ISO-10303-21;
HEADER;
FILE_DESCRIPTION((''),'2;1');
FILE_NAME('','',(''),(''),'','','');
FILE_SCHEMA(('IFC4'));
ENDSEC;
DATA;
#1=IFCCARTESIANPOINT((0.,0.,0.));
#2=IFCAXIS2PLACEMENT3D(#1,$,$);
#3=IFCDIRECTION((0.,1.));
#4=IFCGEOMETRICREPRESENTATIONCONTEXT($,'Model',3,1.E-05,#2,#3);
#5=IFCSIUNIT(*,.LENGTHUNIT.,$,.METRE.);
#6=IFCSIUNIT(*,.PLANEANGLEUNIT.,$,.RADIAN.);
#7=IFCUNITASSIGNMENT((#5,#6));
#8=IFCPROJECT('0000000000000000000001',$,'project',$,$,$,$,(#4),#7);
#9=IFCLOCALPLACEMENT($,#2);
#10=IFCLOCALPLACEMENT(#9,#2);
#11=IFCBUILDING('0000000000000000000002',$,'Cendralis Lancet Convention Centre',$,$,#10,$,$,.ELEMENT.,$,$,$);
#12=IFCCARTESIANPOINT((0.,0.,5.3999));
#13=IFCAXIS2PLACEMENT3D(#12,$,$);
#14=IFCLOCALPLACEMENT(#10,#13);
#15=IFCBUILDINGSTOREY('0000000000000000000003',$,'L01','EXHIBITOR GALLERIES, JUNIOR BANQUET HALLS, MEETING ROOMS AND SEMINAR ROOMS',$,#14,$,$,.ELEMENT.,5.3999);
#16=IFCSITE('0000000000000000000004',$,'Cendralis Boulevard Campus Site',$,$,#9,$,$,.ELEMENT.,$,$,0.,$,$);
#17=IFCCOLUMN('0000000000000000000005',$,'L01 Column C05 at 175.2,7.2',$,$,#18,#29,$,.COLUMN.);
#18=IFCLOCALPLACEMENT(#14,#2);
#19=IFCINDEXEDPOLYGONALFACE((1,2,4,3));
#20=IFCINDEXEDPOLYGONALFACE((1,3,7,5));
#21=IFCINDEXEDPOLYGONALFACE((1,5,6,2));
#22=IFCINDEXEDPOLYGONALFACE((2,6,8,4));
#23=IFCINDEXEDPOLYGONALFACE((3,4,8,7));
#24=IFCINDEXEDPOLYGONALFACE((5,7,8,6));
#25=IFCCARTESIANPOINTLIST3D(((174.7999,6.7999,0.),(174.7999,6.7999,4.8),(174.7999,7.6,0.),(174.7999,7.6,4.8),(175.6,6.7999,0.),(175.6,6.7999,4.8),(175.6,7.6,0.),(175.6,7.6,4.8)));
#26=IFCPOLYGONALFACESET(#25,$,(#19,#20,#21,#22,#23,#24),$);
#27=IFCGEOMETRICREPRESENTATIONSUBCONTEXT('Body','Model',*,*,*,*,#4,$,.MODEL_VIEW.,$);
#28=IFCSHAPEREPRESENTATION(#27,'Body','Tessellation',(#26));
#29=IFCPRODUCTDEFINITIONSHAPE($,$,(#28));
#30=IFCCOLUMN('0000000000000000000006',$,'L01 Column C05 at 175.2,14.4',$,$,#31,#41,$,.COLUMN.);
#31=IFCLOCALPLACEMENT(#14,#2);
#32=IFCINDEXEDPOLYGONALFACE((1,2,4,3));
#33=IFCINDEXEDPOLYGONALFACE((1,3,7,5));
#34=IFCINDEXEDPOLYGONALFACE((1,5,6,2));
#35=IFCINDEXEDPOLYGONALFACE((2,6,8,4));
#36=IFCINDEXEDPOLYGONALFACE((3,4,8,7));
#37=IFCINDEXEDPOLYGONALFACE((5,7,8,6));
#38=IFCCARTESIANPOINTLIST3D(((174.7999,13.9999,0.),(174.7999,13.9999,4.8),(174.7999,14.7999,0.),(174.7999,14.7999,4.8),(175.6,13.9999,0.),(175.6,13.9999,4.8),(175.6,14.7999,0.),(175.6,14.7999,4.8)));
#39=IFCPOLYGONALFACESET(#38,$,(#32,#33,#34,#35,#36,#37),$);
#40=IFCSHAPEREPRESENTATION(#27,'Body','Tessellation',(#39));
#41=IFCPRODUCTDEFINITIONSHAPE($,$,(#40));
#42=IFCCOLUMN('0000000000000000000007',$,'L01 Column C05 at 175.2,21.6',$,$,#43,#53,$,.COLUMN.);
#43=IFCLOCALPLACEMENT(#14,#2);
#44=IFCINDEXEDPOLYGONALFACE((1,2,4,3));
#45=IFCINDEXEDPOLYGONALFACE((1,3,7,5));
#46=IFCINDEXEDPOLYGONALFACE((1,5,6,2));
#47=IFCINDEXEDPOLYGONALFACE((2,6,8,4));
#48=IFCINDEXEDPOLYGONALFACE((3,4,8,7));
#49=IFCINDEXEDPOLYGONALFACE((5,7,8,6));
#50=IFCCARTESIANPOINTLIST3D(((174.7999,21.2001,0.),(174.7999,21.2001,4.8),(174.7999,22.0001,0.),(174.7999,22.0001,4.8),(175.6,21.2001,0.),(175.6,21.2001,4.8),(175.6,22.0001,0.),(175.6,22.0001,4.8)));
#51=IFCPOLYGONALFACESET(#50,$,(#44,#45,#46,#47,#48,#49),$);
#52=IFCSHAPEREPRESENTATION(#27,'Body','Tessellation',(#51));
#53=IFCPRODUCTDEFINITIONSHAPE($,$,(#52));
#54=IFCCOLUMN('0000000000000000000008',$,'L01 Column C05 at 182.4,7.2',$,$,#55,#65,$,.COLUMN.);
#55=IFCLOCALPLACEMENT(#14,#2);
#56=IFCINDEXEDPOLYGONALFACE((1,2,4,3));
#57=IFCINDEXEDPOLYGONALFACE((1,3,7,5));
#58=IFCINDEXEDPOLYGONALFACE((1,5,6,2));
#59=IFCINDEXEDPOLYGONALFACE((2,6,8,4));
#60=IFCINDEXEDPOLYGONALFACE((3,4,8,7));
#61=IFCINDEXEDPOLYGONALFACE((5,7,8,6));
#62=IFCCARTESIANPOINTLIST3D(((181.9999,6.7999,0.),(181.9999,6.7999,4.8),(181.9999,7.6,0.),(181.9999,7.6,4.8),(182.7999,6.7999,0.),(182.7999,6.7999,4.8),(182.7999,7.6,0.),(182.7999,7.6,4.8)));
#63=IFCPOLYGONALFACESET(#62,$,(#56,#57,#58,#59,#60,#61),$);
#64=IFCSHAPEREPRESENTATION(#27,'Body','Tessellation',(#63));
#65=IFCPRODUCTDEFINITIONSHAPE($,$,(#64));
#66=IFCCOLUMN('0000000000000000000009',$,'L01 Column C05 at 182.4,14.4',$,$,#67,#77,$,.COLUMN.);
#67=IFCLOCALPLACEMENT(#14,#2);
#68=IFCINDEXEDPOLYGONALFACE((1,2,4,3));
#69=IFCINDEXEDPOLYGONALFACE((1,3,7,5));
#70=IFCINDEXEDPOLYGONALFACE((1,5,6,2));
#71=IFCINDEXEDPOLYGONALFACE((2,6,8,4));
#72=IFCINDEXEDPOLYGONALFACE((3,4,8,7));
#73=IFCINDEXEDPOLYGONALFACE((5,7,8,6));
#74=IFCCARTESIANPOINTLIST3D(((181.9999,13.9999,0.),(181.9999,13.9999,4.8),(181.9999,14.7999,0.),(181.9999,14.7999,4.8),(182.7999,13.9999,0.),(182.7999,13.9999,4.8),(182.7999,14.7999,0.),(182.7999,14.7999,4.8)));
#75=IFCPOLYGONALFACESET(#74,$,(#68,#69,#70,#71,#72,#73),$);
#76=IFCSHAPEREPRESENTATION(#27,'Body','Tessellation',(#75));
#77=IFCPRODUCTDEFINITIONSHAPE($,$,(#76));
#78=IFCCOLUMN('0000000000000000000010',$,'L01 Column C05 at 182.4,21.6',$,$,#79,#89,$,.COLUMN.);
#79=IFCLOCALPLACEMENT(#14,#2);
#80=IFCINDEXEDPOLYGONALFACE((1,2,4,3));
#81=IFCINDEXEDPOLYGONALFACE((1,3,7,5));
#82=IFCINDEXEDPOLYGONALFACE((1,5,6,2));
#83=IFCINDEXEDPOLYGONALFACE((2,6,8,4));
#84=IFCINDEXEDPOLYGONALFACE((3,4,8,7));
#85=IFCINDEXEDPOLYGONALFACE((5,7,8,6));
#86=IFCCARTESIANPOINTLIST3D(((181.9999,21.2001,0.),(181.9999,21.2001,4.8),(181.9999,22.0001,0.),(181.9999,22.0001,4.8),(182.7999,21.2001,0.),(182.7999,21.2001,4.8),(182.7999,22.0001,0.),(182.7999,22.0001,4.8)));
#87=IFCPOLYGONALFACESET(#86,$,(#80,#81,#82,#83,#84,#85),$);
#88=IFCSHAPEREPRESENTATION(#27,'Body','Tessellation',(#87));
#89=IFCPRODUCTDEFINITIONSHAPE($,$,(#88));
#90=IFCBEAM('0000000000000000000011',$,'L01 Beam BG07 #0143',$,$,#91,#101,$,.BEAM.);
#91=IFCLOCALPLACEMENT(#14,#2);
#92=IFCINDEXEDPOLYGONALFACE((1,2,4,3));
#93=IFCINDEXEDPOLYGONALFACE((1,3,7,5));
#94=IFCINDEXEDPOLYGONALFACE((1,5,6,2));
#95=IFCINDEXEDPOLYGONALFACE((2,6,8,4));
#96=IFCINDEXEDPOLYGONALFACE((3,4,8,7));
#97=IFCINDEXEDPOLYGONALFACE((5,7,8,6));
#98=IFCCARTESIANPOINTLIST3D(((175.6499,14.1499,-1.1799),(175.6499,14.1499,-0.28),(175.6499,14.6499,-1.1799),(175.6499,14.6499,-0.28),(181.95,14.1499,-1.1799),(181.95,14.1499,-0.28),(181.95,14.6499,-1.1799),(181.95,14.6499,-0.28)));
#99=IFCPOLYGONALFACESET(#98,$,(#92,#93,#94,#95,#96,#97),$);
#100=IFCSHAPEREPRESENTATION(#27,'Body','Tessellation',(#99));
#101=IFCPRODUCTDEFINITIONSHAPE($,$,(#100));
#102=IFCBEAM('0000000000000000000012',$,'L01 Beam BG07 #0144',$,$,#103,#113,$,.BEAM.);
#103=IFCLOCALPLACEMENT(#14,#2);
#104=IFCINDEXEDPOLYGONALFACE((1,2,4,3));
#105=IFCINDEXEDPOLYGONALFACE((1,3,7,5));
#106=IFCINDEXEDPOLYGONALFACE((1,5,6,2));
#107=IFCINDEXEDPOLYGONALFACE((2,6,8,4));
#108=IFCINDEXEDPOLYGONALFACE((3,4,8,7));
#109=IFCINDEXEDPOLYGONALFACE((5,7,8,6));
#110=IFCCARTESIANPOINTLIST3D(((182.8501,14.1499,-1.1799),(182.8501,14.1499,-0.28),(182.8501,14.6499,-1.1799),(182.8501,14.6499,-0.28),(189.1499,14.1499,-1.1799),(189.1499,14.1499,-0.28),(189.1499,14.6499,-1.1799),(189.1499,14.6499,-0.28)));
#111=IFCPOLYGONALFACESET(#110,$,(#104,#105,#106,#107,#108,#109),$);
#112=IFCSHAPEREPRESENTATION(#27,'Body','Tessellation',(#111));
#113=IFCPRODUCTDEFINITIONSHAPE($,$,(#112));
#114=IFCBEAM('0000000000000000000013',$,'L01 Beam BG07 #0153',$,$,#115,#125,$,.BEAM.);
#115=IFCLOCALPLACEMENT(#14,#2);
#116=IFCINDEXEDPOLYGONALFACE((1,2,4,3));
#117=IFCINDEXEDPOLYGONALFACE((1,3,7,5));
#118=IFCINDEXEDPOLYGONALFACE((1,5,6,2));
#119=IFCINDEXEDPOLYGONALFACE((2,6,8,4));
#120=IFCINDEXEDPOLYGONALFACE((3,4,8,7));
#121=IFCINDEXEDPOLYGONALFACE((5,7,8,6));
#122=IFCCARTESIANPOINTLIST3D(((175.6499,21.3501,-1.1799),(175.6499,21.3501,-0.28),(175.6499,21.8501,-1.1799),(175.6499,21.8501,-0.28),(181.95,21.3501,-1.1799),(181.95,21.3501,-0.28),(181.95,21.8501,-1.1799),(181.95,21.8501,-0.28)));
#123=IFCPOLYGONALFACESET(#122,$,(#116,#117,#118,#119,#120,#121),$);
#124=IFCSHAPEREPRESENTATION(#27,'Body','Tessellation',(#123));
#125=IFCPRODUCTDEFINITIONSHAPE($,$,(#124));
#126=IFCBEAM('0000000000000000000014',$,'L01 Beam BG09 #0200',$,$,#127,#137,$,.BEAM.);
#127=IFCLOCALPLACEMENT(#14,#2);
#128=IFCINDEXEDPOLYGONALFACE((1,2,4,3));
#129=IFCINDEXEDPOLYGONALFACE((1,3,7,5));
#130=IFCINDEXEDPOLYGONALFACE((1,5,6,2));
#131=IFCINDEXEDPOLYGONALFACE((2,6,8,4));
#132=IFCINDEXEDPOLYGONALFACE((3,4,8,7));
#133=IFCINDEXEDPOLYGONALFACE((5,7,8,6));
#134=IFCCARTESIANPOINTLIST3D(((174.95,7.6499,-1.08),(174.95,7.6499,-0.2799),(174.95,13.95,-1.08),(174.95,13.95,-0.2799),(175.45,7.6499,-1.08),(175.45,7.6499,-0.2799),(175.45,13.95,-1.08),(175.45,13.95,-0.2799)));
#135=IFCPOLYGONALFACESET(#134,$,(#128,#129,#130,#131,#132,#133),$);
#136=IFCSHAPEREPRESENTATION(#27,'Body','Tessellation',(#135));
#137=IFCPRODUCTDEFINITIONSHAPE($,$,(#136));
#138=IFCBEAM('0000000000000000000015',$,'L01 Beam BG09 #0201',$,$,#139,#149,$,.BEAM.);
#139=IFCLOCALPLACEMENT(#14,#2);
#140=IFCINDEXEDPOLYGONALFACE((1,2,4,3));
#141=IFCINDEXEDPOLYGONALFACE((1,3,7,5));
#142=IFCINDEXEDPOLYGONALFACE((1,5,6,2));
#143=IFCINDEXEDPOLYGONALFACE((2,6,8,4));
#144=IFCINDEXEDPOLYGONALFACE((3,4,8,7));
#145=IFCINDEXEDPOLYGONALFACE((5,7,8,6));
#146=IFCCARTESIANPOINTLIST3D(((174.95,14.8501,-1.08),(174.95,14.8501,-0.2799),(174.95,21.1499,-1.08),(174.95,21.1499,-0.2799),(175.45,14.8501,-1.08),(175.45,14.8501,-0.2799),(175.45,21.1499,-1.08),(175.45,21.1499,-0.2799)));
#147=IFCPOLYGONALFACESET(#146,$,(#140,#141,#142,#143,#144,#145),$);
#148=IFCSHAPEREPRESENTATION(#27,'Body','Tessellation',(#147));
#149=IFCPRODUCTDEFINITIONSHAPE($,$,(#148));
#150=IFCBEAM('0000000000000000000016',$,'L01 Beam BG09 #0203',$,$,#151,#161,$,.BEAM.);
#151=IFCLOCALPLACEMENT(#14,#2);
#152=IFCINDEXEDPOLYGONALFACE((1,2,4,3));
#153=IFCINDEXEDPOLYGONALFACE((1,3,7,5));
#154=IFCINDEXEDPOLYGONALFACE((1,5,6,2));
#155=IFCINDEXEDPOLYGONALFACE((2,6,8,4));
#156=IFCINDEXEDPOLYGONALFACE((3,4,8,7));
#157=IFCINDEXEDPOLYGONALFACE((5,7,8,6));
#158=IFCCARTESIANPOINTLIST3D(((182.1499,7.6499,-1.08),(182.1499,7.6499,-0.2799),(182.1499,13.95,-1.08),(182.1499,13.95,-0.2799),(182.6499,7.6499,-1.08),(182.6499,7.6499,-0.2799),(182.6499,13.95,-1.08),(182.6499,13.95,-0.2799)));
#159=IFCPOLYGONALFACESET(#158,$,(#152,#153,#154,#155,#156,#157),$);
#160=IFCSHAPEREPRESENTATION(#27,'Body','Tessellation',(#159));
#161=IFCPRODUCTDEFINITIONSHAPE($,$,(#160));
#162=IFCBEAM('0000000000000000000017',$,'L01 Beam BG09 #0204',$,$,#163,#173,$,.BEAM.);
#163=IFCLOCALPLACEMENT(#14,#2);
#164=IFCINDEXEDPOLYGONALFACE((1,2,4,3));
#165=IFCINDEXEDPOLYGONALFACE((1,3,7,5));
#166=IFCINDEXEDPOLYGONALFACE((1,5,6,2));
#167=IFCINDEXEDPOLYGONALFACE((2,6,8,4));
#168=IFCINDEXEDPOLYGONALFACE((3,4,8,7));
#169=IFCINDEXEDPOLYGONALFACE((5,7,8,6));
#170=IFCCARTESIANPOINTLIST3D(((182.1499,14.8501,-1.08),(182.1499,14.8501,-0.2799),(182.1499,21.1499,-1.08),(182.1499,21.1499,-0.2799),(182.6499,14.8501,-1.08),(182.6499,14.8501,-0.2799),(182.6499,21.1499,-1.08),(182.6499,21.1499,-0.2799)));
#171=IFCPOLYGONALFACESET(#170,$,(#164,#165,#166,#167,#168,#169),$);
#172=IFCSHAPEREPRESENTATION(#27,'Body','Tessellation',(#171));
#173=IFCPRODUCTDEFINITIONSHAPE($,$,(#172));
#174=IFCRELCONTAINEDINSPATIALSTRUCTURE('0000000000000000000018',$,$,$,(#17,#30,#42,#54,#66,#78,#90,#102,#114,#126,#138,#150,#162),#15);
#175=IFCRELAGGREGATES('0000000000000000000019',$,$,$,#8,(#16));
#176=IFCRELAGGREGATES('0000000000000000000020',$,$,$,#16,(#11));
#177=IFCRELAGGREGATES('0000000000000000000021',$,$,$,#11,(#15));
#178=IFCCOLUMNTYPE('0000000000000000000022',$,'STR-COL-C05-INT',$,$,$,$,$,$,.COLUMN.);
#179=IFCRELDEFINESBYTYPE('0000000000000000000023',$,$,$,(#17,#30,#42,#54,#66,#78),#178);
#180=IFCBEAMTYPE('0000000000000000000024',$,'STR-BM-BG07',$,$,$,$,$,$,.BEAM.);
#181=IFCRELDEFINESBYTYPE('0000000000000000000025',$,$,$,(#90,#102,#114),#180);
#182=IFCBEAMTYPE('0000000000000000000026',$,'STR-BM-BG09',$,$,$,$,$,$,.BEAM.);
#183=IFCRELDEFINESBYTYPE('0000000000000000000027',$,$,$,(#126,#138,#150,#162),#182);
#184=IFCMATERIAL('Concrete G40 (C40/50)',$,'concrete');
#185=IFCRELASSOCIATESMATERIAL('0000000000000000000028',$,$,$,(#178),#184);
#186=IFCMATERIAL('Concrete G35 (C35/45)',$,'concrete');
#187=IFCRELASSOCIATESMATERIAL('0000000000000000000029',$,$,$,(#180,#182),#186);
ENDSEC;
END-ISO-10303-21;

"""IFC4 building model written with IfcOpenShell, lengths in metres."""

from ifc_helpers import new_model, si_unit, direction, frame, origin, origin_2d, place, context, subcontext, project, spatial, rectangle, extrude, material, material_profile, profile_set, type_object, element, save


model = new_model("IFC4")

# Units and contexts
model_context = context("Model", 3, precision=1e-05, world=origin(), true_north=direction((0.0, 1.0)))
body_context = subcontext(model_context, "Body", "Model", "MODEL_VIEW")
ifc_project = project(units=[si_unit("LENGTHUNIT", "METRE"), si_unit("PLANEANGLEUNIT", "RADIAN")], contexts=[model_context])

# Site, building, storey
site_placement = place(None, origin())
site = spatial("IfcSite", under=ifc_project, at=site_placement, Name="Cendralis Boulevard Campus Site", CompositionType="ELEMENT", RefElevation=0.0)
building_placement = place(site_placement, origin())
building = spatial("IfcBuilding", under=site, at=building_placement, Name="Cendralis Lancet Convention Centre", CompositionType="ELEMENT")
storey_placement = place(building_placement, frame((0.0, 0.0, 5.3999)))
storey = spatial("IfcBuildingStorey", under=building, at=storey_placement, Name="L01", Description="EXHIBITOR GALLERIES, JUNIOR BANQUET HALLS, MEETING ROOMS AND SEMINAR ROOMS", CompositionType="ELEMENT", Elevation=5.3999)

# Columns
ifc_material_1 = material(Name="Concrete G40 (C40/50)", Category="concrete")
ifc_material_profile_1 = material_profile(ifc_material_1, rectangle(XDim=0.8, YDim=0.8, at=origin_2d()), Name="RC 800x800")
ifc_profile_set_1 = profile_set([ifc_material_profile_1], Name="Concrete G40 (C40/50)")
column_type = type_object("IfcColumnType", Name="STR-COL-C05-INT", PredefinedType="COLUMN", material=ifc_profile_set_1)
for number, where, z_axis, x_axis, name in (
    (1, (175.2, 7.2, 0.0), (0.0, 0.0, 1.0), (1.0, 0.0, 0.0), "L01 Column C05 at 175.2,7.2"),
    (2, (175.2, 14.3999, 0.0), (0.0, 0.0, 1.0), (1.0, 0.0, 0.0), "L01 Column C05 at 175.2,14.4"),
    (3, (175.2, 21.6001, 0.0), (0.0, 0.0, 1.0), (1.0, 0.0, 0.0), "L01 Column C05 at 175.2,21.6"),
    (4, (182.3999, 7.2, 0.0), (0.0, 0.0, 1.0), (1.0, 0.0, 0.0), "L01 Column C05 at 182.4,7.2"),
    (5, (182.3999, 14.3999, 0.0), (0.0, 0.0, 1.0), (1.0, 0.0, 0.0), "L01 Column C05 at 182.4,14.4"),
    (6, (182.3999, 21.6001, 0.0), (0.0, 0.0, 1.0), (1.0, 0.0, 0.0), "L01 Column C05 at 182.4,21.6"),
):
    element("IfcColumn", number, at=place(storey_placement, frame(where, z_axis=z_axis, x_axis=x_axis)), inside=storey, type_object=column_type, Name=name, PredefinedType="COLUMN", context=body_context, shape_type="SweptSolid", body=[
        extrude(rectangle(XDim=0.8, YDim=0.8, at=origin_2d()), origin(), (0.0, 0.0, 1.0), 4.8),
    ])

# Beams
ifc_material_2 = material(Name="Concrete G35 (C35/45)", Category="concrete")
ifc_material_profile_2 = material_profile(ifc_material_2, rectangle(XDim=0.5, YDim=0.8999, at=origin_2d()), Name="RCB 500x900")
ifc_profile_set_2 = profile_set([ifc_material_profile_2], Name="Concrete G35 (C35/45)")
beam_type_1 = type_object("IfcBeamType", Name="STR-BM-BG07", PredefinedType="BEAM", material=ifc_profile_set_2)
beam_1_placement = place(storey_placement, frame((175.6499, 14.3999, -0.73), z_axis=(1.0, 0.0, 0.0), x_axis=(0.0, 1.0, 0.0)))
element("IfcBeam", 7, at=beam_1_placement, inside=storey, type_object=beam_type_1, Name="L01 Beam BG07 #0143", PredefinedType="BEAM", context=body_context, shape_type="SweptSolid", body=[
    extrude(rectangle(XDim=0.5, YDim=0.8999, at=origin_2d()), origin(), (0.0, 0.0, 1.0), 6.3),
])
beam_2_placement = place(storey_placement, frame((182.8501, 14.3999, -0.73), z_axis=(1.0, 0.0, 0.0), x_axis=(0.0, 1.0, 0.0)))
element("IfcBeam", 8, at=beam_2_placement, inside=storey, type_object=beam_type_1, Name="L01 Beam BG07 #0144", PredefinedType="BEAM", context=body_context, shape_type="SweptSolid", body=[
    extrude(rectangle(XDim=0.5, YDim=0.8999, at=origin_2d()), origin(), (0.0, 0.0, 1.0), 6.2998),
])
beam_3_placement = place(storey_placement, frame((175.6499, 21.6001, -0.73), z_axis=(1.0, 0.0, 0.0), x_axis=(0.0, 1.0, 0.0)))
element("IfcBeam", 9, at=beam_3_placement, inside=storey, type_object=beam_type_1, Name="L01 Beam BG07 #0153", PredefinedType="BEAM", context=body_context, shape_type="SweptSolid", body=[
    extrude(rectangle(XDim=0.5, YDim=0.8999, at=origin_2d()), origin(), (0.0, 0.0, 1.0), 6.3),
])
ifc_material_profile_3 = material_profile(ifc_material_2, rectangle(XDim=0.5, YDim=0.8, at=origin_2d()), Name="RCB 500x800")
ifc_profile_set_3 = profile_set([ifc_material_profile_3], Name="Concrete G35 (C35/45)")
beam_type_2 = type_object("IfcBeamType", Name="STR-BM-BG09", PredefinedType="BEAM", material=ifc_profile_set_3)
beam_4_placement = place(storey_placement, frame((175.2, 7.6499, -0.6799), z_axis=(0.0, 1.0, 0.0), x_axis=(-1.0, 0.0, 0.0)))
element("IfcBeam", 10, at=beam_4_placement, inside=storey, type_object=beam_type_2, Name="L01 Beam BG09 #0200", PredefinedType="BEAM", context=body_context, shape_type="SweptSolid", body=[
    extrude(rectangle(XDim=0.5, YDim=0.8, at=origin_2d()), origin(), (0.0, 0.0, 1.0), 6.3),
])
beam_5_placement = place(storey_placement, frame((175.2, 14.8501, -0.6799), z_axis=(0.0, 1.0, 0.0), x_axis=(-1.0, 0.0, 0.0)))
element("IfcBeam", 11, at=beam_5_placement, inside=storey, type_object=beam_type_2, Name="L01 Beam BG09 #0201", PredefinedType="BEAM", context=body_context, shape_type="SweptSolid", body=[
    extrude(rectangle(XDim=0.5, YDim=0.8, at=origin_2d()), origin(), (0.0, 0.0, 1.0), 6.2998),
])
beam_6_placement = place(storey_placement, frame((182.3999, 7.6499, -0.6799), z_axis=(0.0, 1.0, 0.0), x_axis=(-1.0, 0.0, 0.0)))
element("IfcBeam", 12, at=beam_6_placement, inside=storey, type_object=beam_type_2, Name="L01 Beam BG09 #0203", PredefinedType="BEAM", context=body_context, shape_type="SweptSolid", body=[
    extrude(rectangle(XDim=0.5, YDim=0.8, at=origin_2d()), origin(), (0.0, 0.0, 1.0), 6.3),
])
beam_7_placement = place(storey_placement, frame((182.3999, 14.8501, -0.6799), z_axis=(0.0, 1.0, 0.0), x_axis=(-1.0, 0.0, 0.0)))
element("IfcBeam", 13, at=beam_7_placement, inside=storey, type_object=beam_type_2, Name="L01 Beam BG09 #0204", PredefinedType="BEAM", context=body_context, shape_type="SweptSolid", body=[
    extrude(rectangle(XDim=0.5, YDim=0.8, at=origin_2d()), origin(), (0.0, 0.0, 1.0), 6.2998),
])

save(model, "model.ifc")
